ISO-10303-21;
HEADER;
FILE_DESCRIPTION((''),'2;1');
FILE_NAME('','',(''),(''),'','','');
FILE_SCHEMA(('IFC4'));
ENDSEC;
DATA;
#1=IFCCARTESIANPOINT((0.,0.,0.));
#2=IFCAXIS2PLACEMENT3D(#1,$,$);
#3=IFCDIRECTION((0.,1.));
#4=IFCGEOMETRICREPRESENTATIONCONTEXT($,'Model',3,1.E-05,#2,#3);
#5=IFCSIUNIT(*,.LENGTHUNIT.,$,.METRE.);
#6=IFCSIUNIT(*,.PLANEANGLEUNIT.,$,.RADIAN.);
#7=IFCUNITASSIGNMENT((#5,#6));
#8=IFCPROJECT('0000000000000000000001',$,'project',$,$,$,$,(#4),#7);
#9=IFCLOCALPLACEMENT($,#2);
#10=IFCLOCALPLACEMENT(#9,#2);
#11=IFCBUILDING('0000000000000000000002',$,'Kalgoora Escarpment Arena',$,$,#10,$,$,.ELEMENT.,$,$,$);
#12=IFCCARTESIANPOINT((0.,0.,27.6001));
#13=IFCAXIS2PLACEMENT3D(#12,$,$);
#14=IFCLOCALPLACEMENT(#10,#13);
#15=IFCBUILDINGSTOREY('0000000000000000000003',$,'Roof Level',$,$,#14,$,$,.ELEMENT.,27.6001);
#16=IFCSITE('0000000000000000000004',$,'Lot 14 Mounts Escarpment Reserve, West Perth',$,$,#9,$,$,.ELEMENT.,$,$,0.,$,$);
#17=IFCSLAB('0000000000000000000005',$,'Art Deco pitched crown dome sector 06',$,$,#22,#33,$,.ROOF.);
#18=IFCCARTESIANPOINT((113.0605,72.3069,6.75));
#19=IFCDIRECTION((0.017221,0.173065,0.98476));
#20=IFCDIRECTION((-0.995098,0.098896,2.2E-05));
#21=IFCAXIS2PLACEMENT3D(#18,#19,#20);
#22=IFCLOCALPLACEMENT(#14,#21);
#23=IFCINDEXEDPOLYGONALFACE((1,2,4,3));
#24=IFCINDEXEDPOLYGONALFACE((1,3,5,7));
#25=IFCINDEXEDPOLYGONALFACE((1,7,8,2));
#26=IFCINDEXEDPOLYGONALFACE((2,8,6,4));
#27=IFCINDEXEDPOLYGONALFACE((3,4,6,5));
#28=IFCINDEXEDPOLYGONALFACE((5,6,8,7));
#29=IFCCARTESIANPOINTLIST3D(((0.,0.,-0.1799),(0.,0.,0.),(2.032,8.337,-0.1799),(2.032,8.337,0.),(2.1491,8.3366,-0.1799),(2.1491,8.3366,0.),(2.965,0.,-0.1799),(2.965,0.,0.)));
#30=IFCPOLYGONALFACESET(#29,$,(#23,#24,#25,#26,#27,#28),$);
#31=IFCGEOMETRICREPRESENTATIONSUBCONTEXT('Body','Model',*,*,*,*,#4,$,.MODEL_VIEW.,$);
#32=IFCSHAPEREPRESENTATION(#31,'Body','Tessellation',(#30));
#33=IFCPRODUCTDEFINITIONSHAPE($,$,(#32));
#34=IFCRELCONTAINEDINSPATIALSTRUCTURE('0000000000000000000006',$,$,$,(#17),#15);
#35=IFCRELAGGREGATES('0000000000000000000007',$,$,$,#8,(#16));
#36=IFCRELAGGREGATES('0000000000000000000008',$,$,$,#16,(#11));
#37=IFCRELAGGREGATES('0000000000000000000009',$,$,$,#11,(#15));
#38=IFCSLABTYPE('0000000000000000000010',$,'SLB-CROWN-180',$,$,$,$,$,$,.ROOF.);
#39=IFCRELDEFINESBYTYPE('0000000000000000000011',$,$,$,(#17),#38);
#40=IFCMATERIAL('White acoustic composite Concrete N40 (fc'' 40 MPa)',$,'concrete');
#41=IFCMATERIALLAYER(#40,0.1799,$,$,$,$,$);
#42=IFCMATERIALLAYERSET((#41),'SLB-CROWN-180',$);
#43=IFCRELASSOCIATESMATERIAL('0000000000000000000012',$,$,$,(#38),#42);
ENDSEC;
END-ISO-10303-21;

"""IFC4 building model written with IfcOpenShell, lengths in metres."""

from ifc_helpers import new_model, si_unit, direction, frame, origin, place, context, subcontext, project, spatial, polyline, outline, extrude, material, layer, layer_set, type_object, element, save


model = new_model("IFC4")

# Units and contexts
model_context = context("Model", 3, precision=1e-05, world=origin(), true_north=direction((0.0, 1.0)))
body_context = subcontext(model_context, "Body", "Model", "MODEL_VIEW")
ifc_project = project(units=[si_unit("LENGTHUNIT", "METRE"), si_unit("PLANEANGLEUNIT", "RADIAN")], contexts=[model_context])

# Site, building, storey
site_placement = place(None, origin())
site = spatial("IfcSite", under=ifc_project, at=site_placement, Name="Lot 14 Mounts Escarpment Reserve, West Perth", CompositionType="ELEMENT", RefElevation=0.0)
building_placement = place(site_placement, origin())
building = spatial("IfcBuilding", under=site, at=building_placement, Name="Kalgoora Escarpment Arena", CompositionType="ELEMENT")
storey_placement = place(building_placement, frame((0.0, 0.0, 27.6001)))
storey = spatial("IfcBuildingStorey", under=building, at=storey_placement, Name="Roof Level", CompositionType="ELEMENT", Elevation=27.6001)

# Slab
ifc_material_1 = material(Name="White acoustic composite Concrete N40 (fc' 40 MPa)", Category="concrete")
ifc_layer_1 = layer(ifc_material_1, 0.1799)
ifc_layer_set_1 = layer_set([ifc_layer_1], Name="SLB-CROWN-180")
slab_type = type_object("IfcSlabType", Name="SLB-CROWN-180", PredefinedType="ROOF", material=ifc_layer_set_1)
slab_1_placement = place(storey_placement, frame((113.0605, 72.3069, 6.75), z_axis=(0.017221, 0.173065, 0.98476), x_axis=(-0.995098, 0.098896, 0.000022)))
element("IfcSlab", 1, at=slab_1_placement, inside=storey, type_object=slab_type, Name="Art Deco pitched crown dome sector 06", PredefinedType="ROOF", context=body_context, shape_type="SweptSolid", body=[
    extrude(outline(polyline([(0.0, 0.0), (2.965, 0.0), (2.1491, 8.3366), (2.032, 8.337), (0.0, 0.0)])), origin(), (0.0, 0.0, -1.0), 0.1799),
])

save(model, "model.ifc")
